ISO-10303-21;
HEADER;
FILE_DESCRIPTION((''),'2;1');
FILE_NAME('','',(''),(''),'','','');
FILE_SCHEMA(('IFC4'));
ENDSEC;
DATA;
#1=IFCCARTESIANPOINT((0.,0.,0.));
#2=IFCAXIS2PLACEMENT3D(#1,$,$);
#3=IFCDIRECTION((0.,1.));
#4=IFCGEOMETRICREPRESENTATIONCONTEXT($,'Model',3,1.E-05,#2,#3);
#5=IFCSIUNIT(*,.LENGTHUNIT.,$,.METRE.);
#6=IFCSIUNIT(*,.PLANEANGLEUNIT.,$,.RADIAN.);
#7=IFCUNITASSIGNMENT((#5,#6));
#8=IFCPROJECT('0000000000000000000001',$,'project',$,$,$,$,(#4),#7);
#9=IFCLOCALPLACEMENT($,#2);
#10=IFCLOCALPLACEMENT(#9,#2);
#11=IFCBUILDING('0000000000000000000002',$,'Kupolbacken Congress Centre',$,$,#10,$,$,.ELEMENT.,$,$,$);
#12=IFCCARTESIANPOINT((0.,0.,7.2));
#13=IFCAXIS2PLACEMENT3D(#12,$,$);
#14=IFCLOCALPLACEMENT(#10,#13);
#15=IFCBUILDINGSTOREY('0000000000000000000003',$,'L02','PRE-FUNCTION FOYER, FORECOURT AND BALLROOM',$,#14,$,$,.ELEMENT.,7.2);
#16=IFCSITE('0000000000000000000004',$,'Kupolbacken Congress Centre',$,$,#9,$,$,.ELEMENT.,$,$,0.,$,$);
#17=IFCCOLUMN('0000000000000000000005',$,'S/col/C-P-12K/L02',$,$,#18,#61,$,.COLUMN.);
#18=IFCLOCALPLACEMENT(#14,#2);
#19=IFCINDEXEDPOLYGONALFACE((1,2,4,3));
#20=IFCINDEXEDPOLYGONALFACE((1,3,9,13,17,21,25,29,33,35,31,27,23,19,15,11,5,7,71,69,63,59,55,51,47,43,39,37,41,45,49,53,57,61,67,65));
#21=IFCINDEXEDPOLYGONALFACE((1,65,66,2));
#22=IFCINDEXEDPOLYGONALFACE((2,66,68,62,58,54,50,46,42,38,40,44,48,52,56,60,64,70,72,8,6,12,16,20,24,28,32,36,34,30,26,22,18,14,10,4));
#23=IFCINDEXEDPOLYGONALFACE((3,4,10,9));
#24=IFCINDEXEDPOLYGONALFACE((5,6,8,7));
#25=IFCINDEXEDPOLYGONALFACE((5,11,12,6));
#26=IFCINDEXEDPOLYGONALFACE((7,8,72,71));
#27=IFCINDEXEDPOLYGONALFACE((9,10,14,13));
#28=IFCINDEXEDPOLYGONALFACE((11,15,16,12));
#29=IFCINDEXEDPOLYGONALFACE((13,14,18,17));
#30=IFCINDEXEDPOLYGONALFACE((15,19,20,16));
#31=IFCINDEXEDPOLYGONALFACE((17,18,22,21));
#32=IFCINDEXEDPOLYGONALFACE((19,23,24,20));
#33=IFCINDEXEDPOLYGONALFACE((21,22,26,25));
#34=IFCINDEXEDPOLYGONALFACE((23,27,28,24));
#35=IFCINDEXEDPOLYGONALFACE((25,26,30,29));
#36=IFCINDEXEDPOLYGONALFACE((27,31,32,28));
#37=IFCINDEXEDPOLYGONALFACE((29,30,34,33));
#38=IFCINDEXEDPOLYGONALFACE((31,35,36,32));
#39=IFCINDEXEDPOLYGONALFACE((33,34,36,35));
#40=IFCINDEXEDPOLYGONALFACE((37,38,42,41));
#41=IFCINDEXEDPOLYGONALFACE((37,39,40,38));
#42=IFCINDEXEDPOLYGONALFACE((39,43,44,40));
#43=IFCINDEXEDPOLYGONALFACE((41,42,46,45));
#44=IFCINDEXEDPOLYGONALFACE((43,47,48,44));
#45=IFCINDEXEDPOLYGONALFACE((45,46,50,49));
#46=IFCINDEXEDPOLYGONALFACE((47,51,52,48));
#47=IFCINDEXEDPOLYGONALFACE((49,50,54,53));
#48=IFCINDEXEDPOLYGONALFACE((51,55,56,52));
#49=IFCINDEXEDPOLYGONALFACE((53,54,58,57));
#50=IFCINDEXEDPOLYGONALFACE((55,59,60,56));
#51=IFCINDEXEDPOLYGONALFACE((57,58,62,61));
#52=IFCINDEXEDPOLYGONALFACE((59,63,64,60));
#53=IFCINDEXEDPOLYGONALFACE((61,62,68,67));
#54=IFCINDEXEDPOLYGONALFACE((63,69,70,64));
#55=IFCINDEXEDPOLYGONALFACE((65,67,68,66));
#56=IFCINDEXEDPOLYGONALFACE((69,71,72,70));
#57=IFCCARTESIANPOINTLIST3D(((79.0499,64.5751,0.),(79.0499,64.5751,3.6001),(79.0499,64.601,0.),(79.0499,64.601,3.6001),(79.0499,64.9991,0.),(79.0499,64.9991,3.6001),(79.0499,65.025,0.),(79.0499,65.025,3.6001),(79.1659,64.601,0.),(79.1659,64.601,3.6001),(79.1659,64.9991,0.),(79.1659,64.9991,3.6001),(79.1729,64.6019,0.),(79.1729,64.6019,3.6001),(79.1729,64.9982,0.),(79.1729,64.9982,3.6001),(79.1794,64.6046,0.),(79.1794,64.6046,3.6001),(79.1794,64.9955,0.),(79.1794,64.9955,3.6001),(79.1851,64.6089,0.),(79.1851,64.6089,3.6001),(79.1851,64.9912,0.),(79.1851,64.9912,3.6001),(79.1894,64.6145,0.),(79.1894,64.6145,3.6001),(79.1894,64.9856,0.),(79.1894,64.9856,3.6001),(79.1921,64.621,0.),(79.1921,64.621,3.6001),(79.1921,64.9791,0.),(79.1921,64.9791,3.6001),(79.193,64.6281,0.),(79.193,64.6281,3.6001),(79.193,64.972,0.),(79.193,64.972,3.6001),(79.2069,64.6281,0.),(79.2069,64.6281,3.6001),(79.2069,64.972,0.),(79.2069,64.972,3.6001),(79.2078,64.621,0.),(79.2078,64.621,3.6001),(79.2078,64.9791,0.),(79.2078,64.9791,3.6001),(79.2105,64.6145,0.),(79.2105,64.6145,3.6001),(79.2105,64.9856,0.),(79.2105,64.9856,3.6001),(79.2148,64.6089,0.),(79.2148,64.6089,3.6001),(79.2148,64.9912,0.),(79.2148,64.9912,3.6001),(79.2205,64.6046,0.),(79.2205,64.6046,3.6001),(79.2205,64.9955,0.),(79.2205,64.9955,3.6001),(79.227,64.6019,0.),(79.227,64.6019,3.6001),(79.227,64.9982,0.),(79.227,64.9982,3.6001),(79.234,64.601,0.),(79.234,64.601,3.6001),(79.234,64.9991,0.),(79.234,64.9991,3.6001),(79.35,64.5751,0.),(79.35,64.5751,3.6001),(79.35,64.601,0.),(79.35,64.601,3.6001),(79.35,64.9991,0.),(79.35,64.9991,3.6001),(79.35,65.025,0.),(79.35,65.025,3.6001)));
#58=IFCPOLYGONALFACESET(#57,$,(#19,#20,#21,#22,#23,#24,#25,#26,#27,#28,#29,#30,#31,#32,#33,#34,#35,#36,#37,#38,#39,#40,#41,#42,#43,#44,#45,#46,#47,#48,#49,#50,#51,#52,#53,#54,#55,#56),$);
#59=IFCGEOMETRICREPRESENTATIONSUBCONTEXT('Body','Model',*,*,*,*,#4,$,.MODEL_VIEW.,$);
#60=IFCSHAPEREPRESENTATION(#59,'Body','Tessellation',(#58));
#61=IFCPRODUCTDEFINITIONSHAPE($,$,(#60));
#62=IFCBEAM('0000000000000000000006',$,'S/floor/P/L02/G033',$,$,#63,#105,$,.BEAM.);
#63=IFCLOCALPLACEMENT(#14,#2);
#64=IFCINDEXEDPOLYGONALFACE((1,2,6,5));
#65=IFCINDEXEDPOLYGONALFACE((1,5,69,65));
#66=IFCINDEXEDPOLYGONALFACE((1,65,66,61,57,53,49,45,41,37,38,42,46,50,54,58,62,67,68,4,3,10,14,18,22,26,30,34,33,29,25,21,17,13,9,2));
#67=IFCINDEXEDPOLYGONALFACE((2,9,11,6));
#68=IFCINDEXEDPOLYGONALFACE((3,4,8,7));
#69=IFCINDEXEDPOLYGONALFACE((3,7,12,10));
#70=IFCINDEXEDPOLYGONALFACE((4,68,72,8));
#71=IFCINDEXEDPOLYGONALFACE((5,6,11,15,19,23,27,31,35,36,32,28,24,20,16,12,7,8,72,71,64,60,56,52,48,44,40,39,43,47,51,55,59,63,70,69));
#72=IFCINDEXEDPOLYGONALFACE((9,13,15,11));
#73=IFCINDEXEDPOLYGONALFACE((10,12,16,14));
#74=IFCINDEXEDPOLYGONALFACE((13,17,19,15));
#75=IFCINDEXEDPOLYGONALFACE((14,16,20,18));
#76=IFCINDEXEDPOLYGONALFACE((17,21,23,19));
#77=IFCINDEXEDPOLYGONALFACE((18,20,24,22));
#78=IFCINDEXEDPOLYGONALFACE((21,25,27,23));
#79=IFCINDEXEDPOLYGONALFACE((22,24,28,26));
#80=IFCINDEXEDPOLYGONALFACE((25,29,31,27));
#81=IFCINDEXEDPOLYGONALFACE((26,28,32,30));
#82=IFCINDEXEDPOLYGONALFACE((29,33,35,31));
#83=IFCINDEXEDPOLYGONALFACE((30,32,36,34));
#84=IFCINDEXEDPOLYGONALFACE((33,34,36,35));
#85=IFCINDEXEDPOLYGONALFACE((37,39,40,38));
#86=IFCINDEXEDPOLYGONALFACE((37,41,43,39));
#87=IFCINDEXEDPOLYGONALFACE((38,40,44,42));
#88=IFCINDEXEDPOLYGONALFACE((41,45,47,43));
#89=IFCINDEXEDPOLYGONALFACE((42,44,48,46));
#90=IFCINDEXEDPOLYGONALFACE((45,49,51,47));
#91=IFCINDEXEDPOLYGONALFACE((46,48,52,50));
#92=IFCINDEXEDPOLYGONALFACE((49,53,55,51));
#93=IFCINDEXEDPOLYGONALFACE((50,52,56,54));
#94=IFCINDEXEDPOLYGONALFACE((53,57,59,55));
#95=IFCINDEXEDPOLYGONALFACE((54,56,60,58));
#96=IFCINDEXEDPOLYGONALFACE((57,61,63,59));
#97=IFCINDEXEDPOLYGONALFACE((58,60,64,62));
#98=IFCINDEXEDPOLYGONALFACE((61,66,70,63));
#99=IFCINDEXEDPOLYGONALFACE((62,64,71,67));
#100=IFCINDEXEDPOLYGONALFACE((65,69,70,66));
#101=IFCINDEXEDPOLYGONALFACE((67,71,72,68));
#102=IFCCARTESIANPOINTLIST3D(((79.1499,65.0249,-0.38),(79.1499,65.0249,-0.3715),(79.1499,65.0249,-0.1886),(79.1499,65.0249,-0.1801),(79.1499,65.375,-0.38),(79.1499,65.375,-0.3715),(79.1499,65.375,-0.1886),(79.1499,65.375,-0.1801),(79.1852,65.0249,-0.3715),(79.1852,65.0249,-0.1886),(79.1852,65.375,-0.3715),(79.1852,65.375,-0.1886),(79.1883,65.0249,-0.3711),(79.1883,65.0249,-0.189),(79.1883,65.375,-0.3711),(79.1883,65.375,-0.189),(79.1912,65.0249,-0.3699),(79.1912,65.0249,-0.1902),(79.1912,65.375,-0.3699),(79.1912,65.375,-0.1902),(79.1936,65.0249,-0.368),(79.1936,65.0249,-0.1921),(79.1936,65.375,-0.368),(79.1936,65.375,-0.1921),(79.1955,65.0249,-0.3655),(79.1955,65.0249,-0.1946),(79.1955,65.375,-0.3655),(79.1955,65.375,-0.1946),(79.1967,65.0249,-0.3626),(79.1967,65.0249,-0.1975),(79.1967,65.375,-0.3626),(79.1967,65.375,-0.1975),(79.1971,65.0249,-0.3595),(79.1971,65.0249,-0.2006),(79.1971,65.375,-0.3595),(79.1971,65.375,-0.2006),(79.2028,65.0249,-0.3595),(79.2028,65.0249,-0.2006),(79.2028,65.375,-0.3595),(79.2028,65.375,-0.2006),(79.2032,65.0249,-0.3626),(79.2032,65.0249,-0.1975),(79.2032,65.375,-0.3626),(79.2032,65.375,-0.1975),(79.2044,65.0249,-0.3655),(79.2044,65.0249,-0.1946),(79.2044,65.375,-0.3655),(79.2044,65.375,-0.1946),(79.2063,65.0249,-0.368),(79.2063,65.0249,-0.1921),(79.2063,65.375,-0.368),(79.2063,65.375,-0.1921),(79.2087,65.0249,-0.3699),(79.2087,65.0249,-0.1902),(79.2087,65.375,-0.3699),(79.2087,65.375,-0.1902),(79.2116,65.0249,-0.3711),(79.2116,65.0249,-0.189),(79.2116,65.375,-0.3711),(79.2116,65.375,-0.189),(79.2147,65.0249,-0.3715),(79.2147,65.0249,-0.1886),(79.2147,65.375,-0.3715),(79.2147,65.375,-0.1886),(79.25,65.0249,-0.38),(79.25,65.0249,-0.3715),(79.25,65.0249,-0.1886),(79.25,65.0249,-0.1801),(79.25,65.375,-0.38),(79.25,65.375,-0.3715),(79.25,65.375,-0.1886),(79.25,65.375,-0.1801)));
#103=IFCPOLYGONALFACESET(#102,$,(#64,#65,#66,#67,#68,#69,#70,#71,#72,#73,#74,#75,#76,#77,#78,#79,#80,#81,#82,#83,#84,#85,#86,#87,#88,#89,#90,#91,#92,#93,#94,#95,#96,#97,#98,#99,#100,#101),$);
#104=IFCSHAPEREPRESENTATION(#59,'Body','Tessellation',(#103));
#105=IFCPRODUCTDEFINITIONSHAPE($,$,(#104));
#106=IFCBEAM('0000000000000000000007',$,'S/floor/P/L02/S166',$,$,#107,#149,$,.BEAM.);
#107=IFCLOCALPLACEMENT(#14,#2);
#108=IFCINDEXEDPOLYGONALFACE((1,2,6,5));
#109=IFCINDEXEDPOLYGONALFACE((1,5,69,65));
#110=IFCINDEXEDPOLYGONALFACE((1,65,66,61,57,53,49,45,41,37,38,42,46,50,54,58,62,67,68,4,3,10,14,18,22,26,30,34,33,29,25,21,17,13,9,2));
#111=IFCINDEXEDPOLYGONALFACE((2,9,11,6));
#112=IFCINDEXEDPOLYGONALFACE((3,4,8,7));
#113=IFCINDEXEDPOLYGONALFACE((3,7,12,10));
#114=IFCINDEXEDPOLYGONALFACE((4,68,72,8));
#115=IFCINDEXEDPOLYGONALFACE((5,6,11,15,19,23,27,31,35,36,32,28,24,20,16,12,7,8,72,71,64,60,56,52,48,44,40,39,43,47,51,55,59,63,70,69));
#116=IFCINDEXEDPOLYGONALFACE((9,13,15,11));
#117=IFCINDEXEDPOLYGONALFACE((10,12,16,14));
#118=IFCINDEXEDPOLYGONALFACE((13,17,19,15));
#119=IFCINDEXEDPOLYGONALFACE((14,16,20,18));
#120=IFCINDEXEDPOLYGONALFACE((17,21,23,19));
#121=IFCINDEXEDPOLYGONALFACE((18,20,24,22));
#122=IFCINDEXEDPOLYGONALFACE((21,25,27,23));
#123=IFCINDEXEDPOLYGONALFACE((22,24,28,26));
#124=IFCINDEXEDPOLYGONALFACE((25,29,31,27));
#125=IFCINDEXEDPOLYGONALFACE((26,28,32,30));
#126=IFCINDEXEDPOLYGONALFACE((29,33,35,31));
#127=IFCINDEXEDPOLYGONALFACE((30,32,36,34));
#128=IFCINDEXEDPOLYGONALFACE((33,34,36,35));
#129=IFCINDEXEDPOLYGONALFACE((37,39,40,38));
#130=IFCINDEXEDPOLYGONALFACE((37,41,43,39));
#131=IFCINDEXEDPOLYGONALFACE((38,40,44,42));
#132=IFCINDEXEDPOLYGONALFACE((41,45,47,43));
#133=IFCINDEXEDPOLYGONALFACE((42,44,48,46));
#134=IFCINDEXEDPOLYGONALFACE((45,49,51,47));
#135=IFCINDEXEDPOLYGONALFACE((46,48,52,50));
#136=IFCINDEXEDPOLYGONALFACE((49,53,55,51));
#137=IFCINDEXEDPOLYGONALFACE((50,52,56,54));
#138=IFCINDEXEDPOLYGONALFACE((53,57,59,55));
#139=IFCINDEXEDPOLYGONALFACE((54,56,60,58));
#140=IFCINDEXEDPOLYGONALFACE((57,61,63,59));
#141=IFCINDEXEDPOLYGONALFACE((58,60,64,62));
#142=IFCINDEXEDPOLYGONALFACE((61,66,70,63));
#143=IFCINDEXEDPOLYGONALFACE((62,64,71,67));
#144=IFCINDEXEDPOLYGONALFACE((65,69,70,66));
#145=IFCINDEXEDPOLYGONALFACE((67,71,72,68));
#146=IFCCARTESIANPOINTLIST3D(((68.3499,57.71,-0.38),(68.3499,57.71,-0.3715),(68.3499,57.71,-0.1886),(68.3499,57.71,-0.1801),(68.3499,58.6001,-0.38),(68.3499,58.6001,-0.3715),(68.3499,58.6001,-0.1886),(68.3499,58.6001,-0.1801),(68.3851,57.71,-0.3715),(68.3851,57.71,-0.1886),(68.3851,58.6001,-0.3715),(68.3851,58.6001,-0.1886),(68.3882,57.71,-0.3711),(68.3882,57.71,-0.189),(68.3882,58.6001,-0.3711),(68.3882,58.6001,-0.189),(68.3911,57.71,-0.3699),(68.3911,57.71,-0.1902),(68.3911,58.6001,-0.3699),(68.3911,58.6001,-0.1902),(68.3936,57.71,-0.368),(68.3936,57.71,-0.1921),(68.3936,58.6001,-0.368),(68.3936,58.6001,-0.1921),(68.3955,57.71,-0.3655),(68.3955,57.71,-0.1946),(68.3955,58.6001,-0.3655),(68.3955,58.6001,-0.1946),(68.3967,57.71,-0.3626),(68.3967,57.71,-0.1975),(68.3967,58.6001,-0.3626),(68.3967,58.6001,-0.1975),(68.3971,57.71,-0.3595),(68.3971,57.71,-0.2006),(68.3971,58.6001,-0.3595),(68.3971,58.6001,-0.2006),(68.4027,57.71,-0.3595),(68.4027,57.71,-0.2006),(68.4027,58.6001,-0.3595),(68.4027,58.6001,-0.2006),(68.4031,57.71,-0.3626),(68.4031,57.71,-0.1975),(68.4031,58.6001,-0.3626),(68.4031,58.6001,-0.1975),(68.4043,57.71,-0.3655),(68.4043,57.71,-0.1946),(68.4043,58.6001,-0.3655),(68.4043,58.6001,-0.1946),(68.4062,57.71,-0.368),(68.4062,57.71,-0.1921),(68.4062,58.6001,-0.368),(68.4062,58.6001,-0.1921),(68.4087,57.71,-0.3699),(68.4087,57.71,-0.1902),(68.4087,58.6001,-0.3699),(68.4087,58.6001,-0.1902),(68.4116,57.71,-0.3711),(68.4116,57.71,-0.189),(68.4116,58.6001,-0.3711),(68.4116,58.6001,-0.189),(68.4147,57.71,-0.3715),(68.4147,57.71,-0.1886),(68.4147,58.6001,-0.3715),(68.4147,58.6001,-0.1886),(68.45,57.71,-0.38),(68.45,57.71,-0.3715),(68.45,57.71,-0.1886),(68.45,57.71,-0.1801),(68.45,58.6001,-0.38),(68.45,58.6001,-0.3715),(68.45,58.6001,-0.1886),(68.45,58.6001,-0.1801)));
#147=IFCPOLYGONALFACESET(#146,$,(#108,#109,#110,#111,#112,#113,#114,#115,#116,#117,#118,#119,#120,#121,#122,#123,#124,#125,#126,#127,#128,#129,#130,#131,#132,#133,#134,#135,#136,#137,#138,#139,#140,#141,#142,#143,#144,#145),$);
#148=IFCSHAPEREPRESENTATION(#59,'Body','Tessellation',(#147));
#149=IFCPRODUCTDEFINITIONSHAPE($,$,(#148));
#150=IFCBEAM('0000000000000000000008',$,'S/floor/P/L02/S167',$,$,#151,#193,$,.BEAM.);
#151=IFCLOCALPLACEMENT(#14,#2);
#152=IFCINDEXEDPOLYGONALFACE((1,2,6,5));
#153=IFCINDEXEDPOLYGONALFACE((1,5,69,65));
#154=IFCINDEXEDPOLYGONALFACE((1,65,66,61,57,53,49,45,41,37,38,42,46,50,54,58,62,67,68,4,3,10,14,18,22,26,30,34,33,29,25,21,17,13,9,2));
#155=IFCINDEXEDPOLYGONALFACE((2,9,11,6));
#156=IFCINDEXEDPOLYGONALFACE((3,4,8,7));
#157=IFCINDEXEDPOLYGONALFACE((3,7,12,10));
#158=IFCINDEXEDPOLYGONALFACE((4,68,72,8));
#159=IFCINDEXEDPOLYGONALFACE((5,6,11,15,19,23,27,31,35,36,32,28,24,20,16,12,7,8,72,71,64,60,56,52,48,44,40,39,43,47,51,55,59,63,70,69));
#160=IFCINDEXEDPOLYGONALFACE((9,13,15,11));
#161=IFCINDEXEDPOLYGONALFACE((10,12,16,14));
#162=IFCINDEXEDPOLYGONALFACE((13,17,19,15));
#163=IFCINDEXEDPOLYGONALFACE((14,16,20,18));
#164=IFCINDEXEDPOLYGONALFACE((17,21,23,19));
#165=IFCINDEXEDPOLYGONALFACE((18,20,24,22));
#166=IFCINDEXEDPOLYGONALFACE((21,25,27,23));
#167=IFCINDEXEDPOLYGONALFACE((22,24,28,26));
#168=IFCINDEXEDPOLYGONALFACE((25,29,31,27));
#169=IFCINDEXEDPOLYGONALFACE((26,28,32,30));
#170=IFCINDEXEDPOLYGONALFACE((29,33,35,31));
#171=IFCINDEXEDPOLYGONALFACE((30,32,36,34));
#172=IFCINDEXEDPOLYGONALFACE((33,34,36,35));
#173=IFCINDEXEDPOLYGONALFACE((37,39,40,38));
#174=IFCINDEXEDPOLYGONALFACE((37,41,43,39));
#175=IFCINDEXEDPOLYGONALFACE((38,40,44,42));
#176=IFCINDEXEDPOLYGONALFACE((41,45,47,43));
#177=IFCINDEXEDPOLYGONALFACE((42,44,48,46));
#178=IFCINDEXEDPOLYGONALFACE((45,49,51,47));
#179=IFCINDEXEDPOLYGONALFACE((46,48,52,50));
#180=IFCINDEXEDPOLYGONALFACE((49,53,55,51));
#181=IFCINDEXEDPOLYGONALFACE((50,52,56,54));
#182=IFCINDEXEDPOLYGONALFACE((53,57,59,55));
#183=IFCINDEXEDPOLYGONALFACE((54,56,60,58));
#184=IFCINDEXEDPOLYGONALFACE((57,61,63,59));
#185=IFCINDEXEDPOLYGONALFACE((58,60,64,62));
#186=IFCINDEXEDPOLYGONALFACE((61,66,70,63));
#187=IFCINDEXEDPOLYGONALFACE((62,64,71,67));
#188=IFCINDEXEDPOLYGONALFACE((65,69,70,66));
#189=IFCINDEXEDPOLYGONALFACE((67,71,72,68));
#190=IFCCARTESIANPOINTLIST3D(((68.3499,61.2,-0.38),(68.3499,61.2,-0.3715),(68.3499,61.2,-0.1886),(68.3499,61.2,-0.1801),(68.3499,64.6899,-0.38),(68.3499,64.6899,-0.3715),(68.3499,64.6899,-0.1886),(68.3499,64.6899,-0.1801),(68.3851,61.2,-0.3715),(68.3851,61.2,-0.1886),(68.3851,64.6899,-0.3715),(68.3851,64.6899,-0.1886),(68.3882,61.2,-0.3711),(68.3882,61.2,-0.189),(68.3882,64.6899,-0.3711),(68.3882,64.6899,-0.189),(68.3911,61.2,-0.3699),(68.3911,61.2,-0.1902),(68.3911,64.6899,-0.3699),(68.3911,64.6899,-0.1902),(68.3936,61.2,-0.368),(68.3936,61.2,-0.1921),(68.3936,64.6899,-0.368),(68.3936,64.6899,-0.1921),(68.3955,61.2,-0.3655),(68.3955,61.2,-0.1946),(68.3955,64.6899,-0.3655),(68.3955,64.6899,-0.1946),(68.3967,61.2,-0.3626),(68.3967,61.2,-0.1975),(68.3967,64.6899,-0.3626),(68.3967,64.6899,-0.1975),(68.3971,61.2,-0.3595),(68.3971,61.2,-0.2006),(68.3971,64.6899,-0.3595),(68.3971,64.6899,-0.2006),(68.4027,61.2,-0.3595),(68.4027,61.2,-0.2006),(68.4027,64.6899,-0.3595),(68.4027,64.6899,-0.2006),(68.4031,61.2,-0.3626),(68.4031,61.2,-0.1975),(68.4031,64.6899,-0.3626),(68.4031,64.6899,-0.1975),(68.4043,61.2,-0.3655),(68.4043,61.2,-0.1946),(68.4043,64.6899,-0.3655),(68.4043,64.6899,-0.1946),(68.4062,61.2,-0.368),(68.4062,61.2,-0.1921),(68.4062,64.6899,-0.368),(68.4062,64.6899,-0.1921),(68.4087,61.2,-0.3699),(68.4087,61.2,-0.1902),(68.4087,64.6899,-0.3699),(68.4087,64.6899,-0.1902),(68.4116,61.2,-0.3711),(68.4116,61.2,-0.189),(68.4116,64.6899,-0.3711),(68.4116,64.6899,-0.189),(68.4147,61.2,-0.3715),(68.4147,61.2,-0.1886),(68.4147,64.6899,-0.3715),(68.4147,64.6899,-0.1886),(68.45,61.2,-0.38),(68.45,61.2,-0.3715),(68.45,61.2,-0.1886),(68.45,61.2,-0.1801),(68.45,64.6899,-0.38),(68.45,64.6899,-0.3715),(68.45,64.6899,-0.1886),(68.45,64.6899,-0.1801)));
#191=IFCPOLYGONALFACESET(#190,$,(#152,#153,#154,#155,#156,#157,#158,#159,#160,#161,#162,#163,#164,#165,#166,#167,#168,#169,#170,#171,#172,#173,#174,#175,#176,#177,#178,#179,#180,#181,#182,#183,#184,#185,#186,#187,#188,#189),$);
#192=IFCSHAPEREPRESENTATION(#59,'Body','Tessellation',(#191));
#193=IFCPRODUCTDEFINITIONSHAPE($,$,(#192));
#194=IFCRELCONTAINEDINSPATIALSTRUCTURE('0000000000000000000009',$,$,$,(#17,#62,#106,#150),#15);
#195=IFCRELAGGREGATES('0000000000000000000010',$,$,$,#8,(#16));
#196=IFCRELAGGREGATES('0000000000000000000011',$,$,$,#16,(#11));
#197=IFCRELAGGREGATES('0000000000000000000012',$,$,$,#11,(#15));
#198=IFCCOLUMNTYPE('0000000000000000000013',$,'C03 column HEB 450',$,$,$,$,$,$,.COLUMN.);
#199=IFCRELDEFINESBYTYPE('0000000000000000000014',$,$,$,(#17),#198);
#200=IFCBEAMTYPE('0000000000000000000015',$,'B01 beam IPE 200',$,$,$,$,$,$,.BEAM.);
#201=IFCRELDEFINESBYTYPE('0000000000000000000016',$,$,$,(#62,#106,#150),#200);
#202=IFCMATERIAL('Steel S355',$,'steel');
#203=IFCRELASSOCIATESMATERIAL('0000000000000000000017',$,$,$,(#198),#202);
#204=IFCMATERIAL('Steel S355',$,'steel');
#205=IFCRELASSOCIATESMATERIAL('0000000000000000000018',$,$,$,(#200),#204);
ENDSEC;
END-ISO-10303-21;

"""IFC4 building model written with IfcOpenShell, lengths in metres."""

from ifc_helpers import new_model, si_unit, direction, frame, origin, origin_2d, place, context, subcontext, project, spatial, i_section, extrude, material, material_profile, profile_set, type_object, element, save


model = new_model("IFC4")

# Units and contexts
model_context = context("Model", 3, precision=1e-05, world=origin(), true_north=direction((0.0, 1.0)))
body_context = subcontext(model_context, "Body", "Model", "MODEL_VIEW")
ifc_project = project(units=[si_unit("LENGTHUNIT", "METRE"), si_unit("PLANEANGLEUNIT", "RADIAN")], contexts=[model_context])

# Site, building, storey
site_placement = place(None, origin())
site = spatial("IfcSite", under=ifc_project, at=site_placement, Name="Kupolbacken Congress Centre", CompositionType="ELEMENT", RefElevation=0.0)
building_placement = place(site_placement, origin())
building = spatial("IfcBuilding", under=site, at=building_placement, Name="Kupolbacken Congress Centre", CompositionType="ELEMENT")
storey_placement = place(building_placement, frame((0.0, 0.0, 7.2)))
storey = spatial("IfcBuildingStorey", under=building, at=storey_placement, Name="L02", Description="PRE-FUNCTION FOYER, FORECOURT AND BALLROOM", CompositionType="ELEMENT", Elevation=7.2)

# Column
ifc_material_1 = material(Name="Steel S355", Category="steel")
ifc_material_profile_1 = material_profile(ifc_material_1, i_section(OverallWidth=0.3, OverallDepth=0.45, WebThickness=0.0139, FlangeThickness=0.0259, FilletRadius=0.0271, at=origin_2d()), Name="HEB 450")
ifc_profile_set_1 = profile_set([ifc_material_profile_1], Name="Steel S355")
column_type = type_object("IfcColumnType", Name="C03 column HEB 450", PredefinedType="COLUMN", material=ifc_profile_set_1)
column_placement = place(storey_placement, frame((79.2, 64.8, 0.0), z_axis=(0.0, 0.0, 1.0), x_axis=(1.0, 0.0, 0.0)))
element("IfcColumn", 1, at=column_placement, inside=storey, type_object=column_type, Name="S/col/C-P-12K/L02", PredefinedType="COLUMN", context=body_context, shape_type="SweptSolid", body=[
    extrude(i_section(OverallWidth=0.3, OverallDepth=0.45, WebThickness=0.0139, FlangeThickness=0.0259, FilletRadius=0.0271, at=origin_2d()), origin(), (0.0, 0.0, 1.0), 3.6001),
])

# Beams
ifc_material_2 = material(Name="Steel S355", Category="steel")
ifc_material_profile_2 = material_profile(ifc_material_2, i_section(OverallWidth=0.1001, OverallDepth=0.2, WebThickness=0.0056, FlangeThickness=0.0085, FilletRadius=0.012, at=origin_2d()), Name="IPE 200")
ifc_profile_set_2 = profile_set([ifc_material_profile_2], Name="Steel S355")
beam_type_1 = type_object("IfcBeamType", Name="B01 beam IPE 200", PredefinedType="BEAM", material=ifc_profile_set_2)
beam_1_placement = place(storey_placement, frame((79.2, 65.0249, -0.28), z_axis=(0.0, 1.0, 0.0), x_axis=(-1.0, 0.0, 0.0)))
element("IfcBeam", 2, at=beam_1_placement, inside=storey, type_object=beam_type_1, Name="S/floor/P/L02/G033", PredefinedType="BEAM", context=body_context, shape_type="SweptSolid", body=[
    extrude(i_section(OverallWidth=0.1001, OverallDepth=0.2, WebThickness=0.0056, FlangeThickness=0.0085, FilletRadius=0.012, at=origin_2d()), origin(), (0.0, 0.0, 1.0), 0.3501),
])
beam_2_placement = place(storey_placement, frame((68.3999, 57.71, -0.28), z_axis=(0.0, 1.0, 0.0), x_axis=(-1.0, 0.0, 0.0)))
element("IfcBeam", 3, at=beam_2_placement, inside=storey, type_object=beam_type_1, Name="S/floor/P/L02/S166", PredefinedType="BEAM", context=body_context, shape_type="SweptSolid", body=[
    extrude(i_section(OverallWidth=0.1001, OverallDepth=0.2, WebThickness=0.0056, FlangeThickness=0.0085, FilletRadius=0.012, at=origin_2d()), origin(), (0.0, 0.0, 1.0), 0.8901),
])
beam_3_placement = place(storey_placement, frame((68.3999, 61.2, -0.28), z_axis=(0.0, 1.0, 0.0), x_axis=(-1.0, 0.0, 0.0)))
element("IfcBeam", 4, at=beam_3_placement, inside=storey, type_object=beam_type_1, Name="S/floor/P/L02/S167", PredefinedType="BEAM", context=body_context, shape_type="SweptSolid", body=[
    extrude(i_section(OverallWidth=0.1001, OverallDepth=0.2, WebThickness=0.0056, FlangeThickness=0.0085, FilletRadius=0.012, at=origin_2d()), origin(), (0.0, 0.0, 1.0), 3.49),
])

save(model, "model.ifc")
